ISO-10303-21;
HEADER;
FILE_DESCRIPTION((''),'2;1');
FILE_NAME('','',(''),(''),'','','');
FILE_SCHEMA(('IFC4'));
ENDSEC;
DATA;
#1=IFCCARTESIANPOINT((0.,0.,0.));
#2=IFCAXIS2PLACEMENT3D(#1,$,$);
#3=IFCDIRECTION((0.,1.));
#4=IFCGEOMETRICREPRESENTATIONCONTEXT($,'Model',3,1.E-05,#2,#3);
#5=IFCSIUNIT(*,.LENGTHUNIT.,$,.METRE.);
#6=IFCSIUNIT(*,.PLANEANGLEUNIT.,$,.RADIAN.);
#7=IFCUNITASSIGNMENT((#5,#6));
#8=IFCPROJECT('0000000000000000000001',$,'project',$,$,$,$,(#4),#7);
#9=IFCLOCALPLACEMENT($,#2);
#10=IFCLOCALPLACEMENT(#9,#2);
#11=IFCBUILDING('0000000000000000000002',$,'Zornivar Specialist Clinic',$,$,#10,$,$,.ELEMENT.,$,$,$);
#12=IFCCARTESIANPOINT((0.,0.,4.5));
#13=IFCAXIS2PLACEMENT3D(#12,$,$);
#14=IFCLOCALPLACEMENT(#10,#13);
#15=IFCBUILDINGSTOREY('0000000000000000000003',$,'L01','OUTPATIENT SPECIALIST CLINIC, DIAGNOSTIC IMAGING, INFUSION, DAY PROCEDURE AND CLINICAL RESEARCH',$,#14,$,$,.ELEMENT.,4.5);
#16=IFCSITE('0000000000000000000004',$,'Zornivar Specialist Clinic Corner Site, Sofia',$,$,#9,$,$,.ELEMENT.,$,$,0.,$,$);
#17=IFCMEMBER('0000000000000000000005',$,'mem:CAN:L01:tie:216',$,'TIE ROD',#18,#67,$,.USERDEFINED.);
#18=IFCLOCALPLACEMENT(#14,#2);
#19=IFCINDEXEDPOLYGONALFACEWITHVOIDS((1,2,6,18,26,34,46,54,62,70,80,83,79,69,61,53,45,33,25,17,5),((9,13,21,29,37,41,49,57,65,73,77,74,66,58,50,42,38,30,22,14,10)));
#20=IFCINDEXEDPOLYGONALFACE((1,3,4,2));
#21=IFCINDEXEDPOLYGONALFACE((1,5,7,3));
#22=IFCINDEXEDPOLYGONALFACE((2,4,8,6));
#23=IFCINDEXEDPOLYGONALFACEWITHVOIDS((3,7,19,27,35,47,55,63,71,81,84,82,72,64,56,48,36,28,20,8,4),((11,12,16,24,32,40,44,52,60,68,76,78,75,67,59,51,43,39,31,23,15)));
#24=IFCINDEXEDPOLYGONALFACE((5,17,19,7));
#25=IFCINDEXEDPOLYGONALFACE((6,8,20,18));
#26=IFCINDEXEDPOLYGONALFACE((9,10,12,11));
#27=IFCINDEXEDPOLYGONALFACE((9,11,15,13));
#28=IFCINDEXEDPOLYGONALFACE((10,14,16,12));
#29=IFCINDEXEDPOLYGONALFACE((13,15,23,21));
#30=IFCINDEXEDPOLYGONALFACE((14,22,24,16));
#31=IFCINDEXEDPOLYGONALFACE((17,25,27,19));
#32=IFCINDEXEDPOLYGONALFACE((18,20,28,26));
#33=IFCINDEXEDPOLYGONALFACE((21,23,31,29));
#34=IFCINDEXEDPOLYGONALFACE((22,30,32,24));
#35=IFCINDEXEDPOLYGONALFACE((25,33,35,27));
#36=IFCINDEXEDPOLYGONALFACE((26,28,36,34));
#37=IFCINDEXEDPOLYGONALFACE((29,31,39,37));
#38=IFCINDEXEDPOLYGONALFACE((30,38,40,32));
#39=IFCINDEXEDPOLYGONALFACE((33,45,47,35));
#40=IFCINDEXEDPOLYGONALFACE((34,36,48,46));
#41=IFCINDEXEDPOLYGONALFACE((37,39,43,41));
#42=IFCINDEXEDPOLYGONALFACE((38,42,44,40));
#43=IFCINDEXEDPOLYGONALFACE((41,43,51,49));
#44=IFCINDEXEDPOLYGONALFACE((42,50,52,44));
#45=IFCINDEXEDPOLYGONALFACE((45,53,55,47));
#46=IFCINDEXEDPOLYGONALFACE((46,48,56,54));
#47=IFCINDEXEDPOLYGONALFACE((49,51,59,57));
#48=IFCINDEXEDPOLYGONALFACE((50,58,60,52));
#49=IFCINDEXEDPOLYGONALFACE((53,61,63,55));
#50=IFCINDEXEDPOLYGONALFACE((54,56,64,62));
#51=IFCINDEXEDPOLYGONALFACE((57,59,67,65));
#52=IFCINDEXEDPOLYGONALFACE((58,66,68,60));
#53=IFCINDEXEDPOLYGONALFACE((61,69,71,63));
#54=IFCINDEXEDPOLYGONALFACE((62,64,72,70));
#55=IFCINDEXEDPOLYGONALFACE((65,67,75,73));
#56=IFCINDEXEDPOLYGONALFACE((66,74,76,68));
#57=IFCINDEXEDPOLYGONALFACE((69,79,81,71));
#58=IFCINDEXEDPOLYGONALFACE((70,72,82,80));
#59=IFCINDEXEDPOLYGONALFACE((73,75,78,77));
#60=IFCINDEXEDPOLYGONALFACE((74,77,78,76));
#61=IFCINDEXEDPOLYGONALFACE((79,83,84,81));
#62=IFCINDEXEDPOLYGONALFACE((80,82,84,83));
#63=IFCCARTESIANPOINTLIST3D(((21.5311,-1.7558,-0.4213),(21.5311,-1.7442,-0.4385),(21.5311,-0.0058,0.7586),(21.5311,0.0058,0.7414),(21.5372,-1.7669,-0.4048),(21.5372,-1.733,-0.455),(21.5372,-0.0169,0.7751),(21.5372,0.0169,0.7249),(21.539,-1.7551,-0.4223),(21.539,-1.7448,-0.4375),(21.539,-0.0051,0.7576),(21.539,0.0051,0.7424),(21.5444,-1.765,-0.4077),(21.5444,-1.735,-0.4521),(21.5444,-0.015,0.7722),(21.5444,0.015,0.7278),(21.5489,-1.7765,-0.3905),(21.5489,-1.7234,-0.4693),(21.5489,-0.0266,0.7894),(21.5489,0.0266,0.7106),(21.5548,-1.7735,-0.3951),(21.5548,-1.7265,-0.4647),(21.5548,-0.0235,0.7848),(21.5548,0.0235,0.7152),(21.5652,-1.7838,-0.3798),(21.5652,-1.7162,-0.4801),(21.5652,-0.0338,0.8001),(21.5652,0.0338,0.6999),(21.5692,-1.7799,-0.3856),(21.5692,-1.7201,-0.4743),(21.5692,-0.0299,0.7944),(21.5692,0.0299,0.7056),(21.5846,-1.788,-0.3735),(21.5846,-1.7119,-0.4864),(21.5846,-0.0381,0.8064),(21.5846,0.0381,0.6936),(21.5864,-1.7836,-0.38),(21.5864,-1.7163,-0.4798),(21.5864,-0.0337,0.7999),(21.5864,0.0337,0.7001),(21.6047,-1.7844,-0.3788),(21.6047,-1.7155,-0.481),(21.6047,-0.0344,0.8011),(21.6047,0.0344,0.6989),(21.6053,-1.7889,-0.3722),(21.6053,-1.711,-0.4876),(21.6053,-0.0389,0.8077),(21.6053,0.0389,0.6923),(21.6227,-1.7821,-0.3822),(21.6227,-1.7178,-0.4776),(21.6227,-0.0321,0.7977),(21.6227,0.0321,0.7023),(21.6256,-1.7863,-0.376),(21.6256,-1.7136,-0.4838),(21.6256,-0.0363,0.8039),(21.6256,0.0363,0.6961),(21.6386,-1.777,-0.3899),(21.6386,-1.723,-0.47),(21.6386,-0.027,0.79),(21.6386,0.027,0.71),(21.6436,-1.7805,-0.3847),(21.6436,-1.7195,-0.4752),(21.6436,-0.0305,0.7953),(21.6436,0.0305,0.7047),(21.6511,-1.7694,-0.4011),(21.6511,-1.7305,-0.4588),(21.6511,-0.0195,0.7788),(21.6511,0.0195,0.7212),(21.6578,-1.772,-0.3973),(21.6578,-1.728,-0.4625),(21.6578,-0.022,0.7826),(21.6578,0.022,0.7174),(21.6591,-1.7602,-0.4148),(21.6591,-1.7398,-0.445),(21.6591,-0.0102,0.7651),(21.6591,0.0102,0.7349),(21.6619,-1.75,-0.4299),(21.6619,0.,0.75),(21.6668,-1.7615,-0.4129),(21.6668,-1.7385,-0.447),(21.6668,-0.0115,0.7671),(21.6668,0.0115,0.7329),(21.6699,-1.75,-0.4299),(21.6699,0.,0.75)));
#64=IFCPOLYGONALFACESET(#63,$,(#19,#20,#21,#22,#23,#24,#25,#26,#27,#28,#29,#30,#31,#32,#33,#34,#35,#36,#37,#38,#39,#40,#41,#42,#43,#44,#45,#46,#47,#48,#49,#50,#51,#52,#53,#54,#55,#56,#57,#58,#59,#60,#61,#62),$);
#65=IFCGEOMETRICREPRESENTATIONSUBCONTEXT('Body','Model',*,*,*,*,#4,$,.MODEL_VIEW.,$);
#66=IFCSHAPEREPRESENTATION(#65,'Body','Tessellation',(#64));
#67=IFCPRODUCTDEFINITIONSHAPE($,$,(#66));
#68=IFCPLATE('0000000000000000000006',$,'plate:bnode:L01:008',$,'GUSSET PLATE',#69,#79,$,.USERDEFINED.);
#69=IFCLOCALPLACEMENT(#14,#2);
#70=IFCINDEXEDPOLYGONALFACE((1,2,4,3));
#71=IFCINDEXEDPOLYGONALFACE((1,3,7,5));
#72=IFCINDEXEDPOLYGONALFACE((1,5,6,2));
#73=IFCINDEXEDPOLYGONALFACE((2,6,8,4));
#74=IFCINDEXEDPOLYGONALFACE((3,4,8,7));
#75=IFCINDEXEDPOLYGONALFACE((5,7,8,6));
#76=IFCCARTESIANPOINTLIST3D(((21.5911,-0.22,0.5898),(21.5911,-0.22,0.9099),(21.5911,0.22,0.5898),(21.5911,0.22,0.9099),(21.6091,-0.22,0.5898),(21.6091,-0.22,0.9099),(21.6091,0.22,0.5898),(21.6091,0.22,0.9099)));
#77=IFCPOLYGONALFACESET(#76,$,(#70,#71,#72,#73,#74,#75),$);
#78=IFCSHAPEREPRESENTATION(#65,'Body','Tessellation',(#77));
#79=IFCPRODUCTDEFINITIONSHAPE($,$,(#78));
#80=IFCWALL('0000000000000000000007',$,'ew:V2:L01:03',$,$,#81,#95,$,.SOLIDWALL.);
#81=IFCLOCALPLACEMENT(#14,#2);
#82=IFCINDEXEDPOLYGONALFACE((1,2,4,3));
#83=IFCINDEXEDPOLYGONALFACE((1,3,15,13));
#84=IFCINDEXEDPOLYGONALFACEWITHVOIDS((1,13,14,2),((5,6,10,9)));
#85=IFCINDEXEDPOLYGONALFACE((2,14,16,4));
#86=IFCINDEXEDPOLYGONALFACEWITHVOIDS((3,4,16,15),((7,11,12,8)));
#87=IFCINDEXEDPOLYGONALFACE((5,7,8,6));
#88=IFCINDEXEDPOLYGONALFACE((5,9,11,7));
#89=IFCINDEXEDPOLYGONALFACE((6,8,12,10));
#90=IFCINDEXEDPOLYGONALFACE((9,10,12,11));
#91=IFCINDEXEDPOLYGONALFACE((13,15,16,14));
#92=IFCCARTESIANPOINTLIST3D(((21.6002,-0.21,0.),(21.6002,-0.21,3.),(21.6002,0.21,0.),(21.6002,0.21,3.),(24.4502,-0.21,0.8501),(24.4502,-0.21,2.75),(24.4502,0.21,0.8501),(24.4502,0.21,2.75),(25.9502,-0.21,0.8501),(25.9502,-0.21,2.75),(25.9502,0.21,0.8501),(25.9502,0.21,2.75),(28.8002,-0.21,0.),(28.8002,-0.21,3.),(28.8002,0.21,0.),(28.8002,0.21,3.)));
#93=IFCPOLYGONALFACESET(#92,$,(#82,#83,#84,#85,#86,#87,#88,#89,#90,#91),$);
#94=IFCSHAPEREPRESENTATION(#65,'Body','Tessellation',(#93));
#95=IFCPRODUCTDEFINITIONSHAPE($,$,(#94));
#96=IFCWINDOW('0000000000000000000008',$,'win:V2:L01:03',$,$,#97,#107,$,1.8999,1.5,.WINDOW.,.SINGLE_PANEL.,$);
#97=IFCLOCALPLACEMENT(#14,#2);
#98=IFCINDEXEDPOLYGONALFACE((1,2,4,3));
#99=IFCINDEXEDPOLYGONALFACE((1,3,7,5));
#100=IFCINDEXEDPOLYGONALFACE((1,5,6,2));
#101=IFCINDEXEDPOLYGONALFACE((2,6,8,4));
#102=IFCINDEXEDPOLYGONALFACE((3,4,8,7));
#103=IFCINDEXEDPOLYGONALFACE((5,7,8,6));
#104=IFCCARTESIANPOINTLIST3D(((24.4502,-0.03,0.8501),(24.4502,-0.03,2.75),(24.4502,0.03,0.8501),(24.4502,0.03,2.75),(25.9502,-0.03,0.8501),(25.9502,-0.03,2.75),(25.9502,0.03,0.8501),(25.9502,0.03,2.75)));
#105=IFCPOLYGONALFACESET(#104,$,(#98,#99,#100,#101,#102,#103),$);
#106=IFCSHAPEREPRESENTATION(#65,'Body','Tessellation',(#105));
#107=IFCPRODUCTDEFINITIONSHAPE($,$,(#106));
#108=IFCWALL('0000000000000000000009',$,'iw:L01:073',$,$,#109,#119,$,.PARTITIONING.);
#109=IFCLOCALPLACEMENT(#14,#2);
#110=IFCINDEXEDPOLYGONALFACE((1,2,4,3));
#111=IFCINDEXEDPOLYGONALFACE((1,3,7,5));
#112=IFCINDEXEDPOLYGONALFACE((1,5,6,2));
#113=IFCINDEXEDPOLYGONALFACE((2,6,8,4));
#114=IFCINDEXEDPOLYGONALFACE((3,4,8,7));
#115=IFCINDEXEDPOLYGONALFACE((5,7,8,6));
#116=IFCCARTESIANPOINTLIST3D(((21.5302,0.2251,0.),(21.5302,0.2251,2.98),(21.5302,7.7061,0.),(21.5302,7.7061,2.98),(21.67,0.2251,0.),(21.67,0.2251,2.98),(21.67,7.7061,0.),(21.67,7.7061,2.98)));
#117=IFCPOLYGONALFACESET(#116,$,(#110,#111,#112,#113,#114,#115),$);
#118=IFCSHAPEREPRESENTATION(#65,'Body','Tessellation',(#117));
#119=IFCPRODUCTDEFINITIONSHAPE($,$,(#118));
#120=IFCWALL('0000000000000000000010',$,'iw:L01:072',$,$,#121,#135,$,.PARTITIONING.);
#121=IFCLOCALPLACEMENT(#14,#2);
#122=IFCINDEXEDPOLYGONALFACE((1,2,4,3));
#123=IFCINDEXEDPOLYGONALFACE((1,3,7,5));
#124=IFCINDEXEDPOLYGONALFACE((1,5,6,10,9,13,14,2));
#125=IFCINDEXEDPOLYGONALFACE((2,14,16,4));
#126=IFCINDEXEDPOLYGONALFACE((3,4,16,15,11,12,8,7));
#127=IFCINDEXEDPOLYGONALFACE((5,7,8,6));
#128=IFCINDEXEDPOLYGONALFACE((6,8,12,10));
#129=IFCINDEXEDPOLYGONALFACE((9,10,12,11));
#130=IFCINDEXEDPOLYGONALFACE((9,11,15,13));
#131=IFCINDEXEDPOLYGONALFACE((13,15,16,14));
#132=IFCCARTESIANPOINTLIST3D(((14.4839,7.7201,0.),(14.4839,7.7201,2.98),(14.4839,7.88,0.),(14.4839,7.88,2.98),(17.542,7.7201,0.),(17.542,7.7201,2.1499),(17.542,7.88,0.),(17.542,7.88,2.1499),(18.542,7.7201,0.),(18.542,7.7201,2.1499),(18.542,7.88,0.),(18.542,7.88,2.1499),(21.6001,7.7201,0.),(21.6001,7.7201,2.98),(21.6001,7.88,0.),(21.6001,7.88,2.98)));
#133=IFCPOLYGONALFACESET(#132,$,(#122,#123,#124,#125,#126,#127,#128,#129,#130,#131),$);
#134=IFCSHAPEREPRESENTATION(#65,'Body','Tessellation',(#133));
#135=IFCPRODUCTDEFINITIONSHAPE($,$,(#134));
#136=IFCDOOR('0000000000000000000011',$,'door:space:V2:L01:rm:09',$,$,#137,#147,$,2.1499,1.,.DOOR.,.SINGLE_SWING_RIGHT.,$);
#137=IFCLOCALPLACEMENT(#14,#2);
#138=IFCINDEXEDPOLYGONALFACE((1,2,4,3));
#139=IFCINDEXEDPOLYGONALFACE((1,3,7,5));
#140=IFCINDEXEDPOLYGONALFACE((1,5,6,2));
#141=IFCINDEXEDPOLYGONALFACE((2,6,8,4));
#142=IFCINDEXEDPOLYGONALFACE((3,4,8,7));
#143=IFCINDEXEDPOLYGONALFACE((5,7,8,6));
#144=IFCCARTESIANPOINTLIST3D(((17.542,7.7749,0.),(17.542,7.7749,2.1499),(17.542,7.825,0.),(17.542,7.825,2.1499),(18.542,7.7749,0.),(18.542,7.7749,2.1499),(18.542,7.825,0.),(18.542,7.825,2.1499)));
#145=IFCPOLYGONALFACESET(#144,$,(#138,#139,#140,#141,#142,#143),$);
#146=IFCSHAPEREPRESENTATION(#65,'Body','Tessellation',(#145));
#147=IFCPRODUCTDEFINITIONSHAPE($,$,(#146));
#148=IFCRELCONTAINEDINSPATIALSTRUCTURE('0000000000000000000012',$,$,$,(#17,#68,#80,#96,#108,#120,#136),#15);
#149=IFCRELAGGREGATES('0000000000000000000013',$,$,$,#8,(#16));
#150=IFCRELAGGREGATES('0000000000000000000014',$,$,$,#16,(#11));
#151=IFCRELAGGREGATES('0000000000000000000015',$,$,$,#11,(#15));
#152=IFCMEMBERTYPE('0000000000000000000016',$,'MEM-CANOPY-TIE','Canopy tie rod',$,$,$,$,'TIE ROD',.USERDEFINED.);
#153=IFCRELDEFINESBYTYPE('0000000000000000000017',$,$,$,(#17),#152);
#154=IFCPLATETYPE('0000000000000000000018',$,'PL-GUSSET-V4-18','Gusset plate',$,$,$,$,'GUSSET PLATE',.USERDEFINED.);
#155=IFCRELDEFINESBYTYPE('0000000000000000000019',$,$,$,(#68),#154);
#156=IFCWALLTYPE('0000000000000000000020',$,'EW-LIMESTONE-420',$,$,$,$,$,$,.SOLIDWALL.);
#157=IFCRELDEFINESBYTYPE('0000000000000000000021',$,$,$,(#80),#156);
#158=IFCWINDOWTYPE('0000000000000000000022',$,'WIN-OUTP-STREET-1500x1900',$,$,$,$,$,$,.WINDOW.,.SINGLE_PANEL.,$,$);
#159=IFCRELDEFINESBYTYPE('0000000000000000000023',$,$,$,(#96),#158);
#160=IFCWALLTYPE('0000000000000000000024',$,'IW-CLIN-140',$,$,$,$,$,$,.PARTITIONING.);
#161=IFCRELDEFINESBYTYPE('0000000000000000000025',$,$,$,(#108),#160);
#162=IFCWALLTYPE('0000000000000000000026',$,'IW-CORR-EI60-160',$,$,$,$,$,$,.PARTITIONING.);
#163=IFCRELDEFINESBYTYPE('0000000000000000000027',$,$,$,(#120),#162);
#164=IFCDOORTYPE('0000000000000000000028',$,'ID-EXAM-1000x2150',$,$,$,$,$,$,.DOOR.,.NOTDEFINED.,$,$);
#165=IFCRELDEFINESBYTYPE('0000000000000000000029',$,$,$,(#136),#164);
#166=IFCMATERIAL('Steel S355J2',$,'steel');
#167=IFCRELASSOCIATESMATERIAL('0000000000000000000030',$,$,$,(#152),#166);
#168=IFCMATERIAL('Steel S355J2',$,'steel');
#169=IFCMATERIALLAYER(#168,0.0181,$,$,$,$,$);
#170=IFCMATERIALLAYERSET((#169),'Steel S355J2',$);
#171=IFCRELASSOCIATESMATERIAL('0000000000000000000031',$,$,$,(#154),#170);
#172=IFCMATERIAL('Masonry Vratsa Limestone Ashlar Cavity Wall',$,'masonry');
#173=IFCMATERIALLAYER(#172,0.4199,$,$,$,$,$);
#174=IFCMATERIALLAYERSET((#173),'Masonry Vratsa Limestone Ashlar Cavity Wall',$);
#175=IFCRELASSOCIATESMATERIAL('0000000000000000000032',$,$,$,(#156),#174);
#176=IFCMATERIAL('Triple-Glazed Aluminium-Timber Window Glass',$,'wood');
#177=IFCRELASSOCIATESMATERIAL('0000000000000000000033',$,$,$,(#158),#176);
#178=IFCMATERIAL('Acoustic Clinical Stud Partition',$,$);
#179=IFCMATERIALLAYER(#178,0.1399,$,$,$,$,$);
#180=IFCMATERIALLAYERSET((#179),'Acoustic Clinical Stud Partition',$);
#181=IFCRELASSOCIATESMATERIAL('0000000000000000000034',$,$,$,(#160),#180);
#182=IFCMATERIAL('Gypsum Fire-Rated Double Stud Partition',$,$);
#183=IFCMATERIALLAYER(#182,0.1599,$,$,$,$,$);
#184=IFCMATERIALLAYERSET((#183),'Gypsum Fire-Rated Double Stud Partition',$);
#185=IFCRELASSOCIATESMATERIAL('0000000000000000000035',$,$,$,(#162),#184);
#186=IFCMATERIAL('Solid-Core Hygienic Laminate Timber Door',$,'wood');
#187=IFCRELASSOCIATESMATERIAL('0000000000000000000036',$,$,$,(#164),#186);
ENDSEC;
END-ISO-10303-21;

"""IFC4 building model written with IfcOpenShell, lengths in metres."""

from ifc_helpers import new_model, si_unit, direction, frame, frame_2d, origin, origin_2d, place, context, subcontext, project, spatial, rectangle, hollow_circle, extrude, material, layer, layer_set, material_profile, profile_set, type_object, element, fill, save


model = new_model("IFC4")

# Units and contexts
model_context = context("Model", 3, precision=1e-05, world=origin(), true_north=direction((0.0, 1.0)))
body_context = subcontext(model_context, "Body", "Model", "MODEL_VIEW")
ifc_project = project(units=[si_unit("LENGTHUNIT", "METRE"), si_unit("PLANEANGLEUNIT", "RADIAN")], contexts=[model_context])

# Site, building, storey
site_placement = place(None, origin())
site = spatial("IfcSite", under=ifc_project, at=site_placement, Name="Zornivar Specialist Clinic Corner Site, Sofia", CompositionType="ELEMENT", RefElevation=0.0)
building_placement = place(site_placement, origin())
building = spatial("IfcBuilding", under=site, at=building_placement, Name="Zornivar Specialist Clinic", CompositionType="ELEMENT")
storey_placement = place(building_placement, frame((0.0, 0.0, 4.5)))
storey = spatial("IfcBuildingStorey", under=building, at=storey_placement, Name="L01", Description="OUTPATIENT SPECIALIST CLINIC, DIAGNOSTIC IMAGING, INFUSION, DAY PROCEDURE AND CLINICAL RESEARCH", CompositionType="ELEMENT", Elevation=4.5)

# Member
ifc_material_1 = material(Name="Steel S355J2", Category="steel")
ifc_material_profile_1 = material_profile(ifc_material_1, hollow_circle(Radius=0.0698, WallThickness=0.0081, at=origin_2d()), Name="CHS 139.7x8")
ifc_profile_set_1 = profile_set([ifc_material_profile_1], Name="Steel S355J2")
member_type = type_object("IfcMemberType", Name="MEM-CANOPY-TIE", Description="Canopy tie rod", ElementType="TIE ROD", PredefinedType="USERDEFINED", material=ifc_profile_set_1)
member_placement = place(storey_placement, frame((21.6001, 0.0, 0.75), z_axis=(0.0, -0.829138, -0.559044), x_axis=(1.0, 0.0, 0.0)))
element("IfcMember", 1, at=member_placement, inside=storey, type_object=member_type, Name="mem:CAN:L01:tie:216", ObjectType="TIE ROD", PredefinedType="USERDEFINED", context=body_context, shape_type="SweptSolid", body=[
    extrude(hollow_circle(Radius=0.0698, WallThickness=0.0081, at=origin_2d()), origin(), (0.0, 0.0, 1.0), 2.1106),
])

# Plate
ifc_material_2 = material(Name="Steel S355J2", Category="steel")
ifc_layer_1 = layer(ifc_material_2, 0.0181)
ifc_layer_set_1 = layer_set([ifc_layer_1], Name="Steel S355J2")
plate_type = type_object("IfcPlateType", Name="PL-GUSSET-V4-18", Description="Gusset plate", ElementType="GUSSET PLATE", PredefinedType="USERDEFINED", material=ifc_layer_set_1)
plate_placement = place(storey_placement, frame((21.6001, 0.0, 0.5898), z_axis=(0.0, 0.0, 1.0), x_axis=(0.0, 1.0, 0.0)))
element("IfcPlate", 2, at=plate_placement, inside=storey, type_object=plate_type, Name="plate:bnode:L01:008", ObjectType="GUSSET PLATE", PredefinedType="USERDEFINED", context=body_context, shape_type="SweptSolid", body=[
    extrude(rectangle(XDim=0.4399, YDim=0.0181, at=origin_2d()), origin(), (0.0, 0.0, 1.0), 0.3201),
])

# Wall, opening, window
ifc_material_3 = material(Name="Masonry Vratsa Limestone Ashlar Cavity Wall", Category="masonry")
ifc_layer_2 = layer(ifc_material_3, 0.4199)
ifc_layer_set_2 = layer_set([ifc_layer_2], Name="Masonry Vratsa Limestone Ashlar Cavity Wall")
wall_type_1 = type_object("IfcWallType", Name="EW-LIMESTONE-420", PredefinedType="SOLIDWALL", material=ifc_layer_set_2)
wall_1_placement = place(storey_placement, frame((21.6001, 0.0, 0.0), z_axis=(0.0, 0.0, 1.0), x_axis=(1.0, 0.0, 0.0)))
wall_1 = element("IfcWall", 3, at=wall_1_placement, inside=storey, type_object=wall_type_1, Name="ew:V2:L01:03", PredefinedType="SOLIDWALL", context=body_context, shape_type="SweptSolid", body=[
    extrude(rectangle(XDim=7.2, YDim=0.4199, at=frame_2d((3.6001, 0.0))), origin(), (0.0, 0.0, 1.0), 3.0),
])
opening_1_placement = place(wall_1_placement, frame((2.8501, 0.0, 0.8501)))
opening_1 = element("IfcOpeningElement", 4, at=opening_1_placement, cuts=wall_1, PredefinedType="OPENING", context=body_context, shape_type="SweptSolid", body=[
    extrude(rectangle(XDim=1.5, YDim=1.8999, at=frame_2d((0.75, 0.95))), frame((0.0, 0.22, 0.0), z_axis=(0.0, -1.0, 0.0), x_axis=(1.0, 0.0, 0.0)), (0.0, 0.0, 1.0), 0.4399),
])
ifc_material_4 = material(Name="Triple-Glazed Aluminium-Timber Window Glass", Category="wood")
window_type = type_object("IfcWindowType", Name="WIN-OUTP-STREET-1500x1900", PartitioningType="SINGLE_PANEL", PredefinedType="WINDOW", material=ifc_material_4)
window_placement = place(opening_1_placement, origin())
window = element("IfcWindow", 5, at=window_placement, inside=storey, type_object=window_type, Name="win:V2:L01:03", OverallHeight=1.8999, OverallWidth=1.5, PartitioningType="SINGLE_PANEL", PredefinedType="WINDOW", context=body_context, shape_type="SweptSolid", body=[
    extrude(rectangle(XDim=1.5, YDim=1.8999, at=frame_2d((0.75, 0.95))), frame((0.0, 0.03, 0.0), z_axis=(0.0, -1.0, 0.0), x_axis=(1.0, 0.0, 0.0)), (0.0, 0.0, 1.0), 0.0601),
])
fill(opening_1, window)

# Wall
ifc_material_5 = material(Name="Acoustic Clinical Stud Partition")
ifc_layer_3 = layer(ifc_material_5, 0.1399)
ifc_layer_set_3 = layer_set([ifc_layer_3], Name="Acoustic Clinical Stud Partition")
wall_type_2 = type_object("IfcWallType", Name="IW-CLIN-140", PredefinedType="PARTITIONING", material=ifc_layer_set_3)
wall_2_placement = place(storey_placement, frame((21.6001, 7.7061, 0.0), z_axis=(0.0, 0.0, 1.0), x_axis=(0.0, -1.0, 0.0)))
element("IfcWall", 6, at=wall_2_placement, inside=storey, type_object=wall_type_2, Name="iw:L01:073", PredefinedType="PARTITIONING", context=body_context, shape_type="SweptSolid", body=[
    extrude(rectangle(XDim=7.481, YDim=0.1399, at=frame_2d((3.7405, 0.0))), origin(), (0.0, 0.0, 1.0), 2.98),
])

# Wall, opening, door
ifc_material_6 = material(Name="Gypsum Fire-Rated Double Stud Partition")
ifc_layer_4 = layer(ifc_material_6, 0.1599)
ifc_layer_set_4 = layer_set([ifc_layer_4], Name="Gypsum Fire-Rated Double Stud Partition")
wall_type_3 = type_object("IfcWallType", Name="IW-CORR-EI60-160", PredefinedType="PARTITIONING", material=ifc_layer_set_4)
wall_3_placement = place(storey_placement, frame((14.4839, 7.8, 0.0), z_axis=(0.0, 0.0, 1.0), x_axis=(1.0, 0.0, 0.0)))
wall_3 = element("IfcWall", 7, at=wall_3_placement, inside=storey, type_object=wall_type_3, Name="iw:L01:072", PredefinedType="PARTITIONING", context=body_context, shape_type="SweptSolid", body=[
    extrude(rectangle(XDim=7.1162, YDim=0.1599, at=frame_2d((3.5581, 0.0))), origin(), (0.0, 0.0, 1.0), 2.98),
])
opening_2_placement = place(wall_3_placement, frame((3.0581, 0.0, 0.0)))
opening_2 = element("IfcOpeningElement", 8, at=opening_2_placement, cuts=wall_3, PredefinedType="OPENING", context=body_context, shape_type="SweptSolid", body=[
    extrude(rectangle(XDim=1.0, YDim=2.1499, at=frame_2d((0.5, 1.075))), frame((0.0, 0.0898, 0.0), z_axis=(0.0, -1.0, 0.0), x_axis=(1.0, 0.0, 0.0)), (0.0, 0.0, 1.0), 0.1799),
])
ifc_material_7 = material(Name="Solid-Core Hygienic Laminate Timber Door", Category="wood")
door_type_1 = type_object("IfcDoorType", Name="ID-EXAM-1000x2150", OperationType="NOTDEFINED", PredefinedType="DOOR", material=ifc_material_7)
door_1_placement = place(opening_2_placement, origin())
door_1 = element("IfcDoor", 9, at=door_1_placement, inside=storey, type_object=door_type_1, Name="door:space:V2:L01:rm:09", OperationType="SINGLE_SWING_RIGHT", OverallHeight=2.1499, OverallWidth=1.0, PredefinedType="DOOR", context=body_context, shape_type="SweptSolid", body=[
    extrude(rectangle(XDim=1.0, YDim=2.1499, at=frame_2d((0.5, 1.075))), frame((0.0, 0.0249, 0.0), z_axis=(0.0, -1.0, 0.0), x_axis=(1.0, 0.0, 0.0)), (0.0, 0.0, 1.0), 0.05),
])
fill(opening_2, door_1)

save(model, "model.ifc")
